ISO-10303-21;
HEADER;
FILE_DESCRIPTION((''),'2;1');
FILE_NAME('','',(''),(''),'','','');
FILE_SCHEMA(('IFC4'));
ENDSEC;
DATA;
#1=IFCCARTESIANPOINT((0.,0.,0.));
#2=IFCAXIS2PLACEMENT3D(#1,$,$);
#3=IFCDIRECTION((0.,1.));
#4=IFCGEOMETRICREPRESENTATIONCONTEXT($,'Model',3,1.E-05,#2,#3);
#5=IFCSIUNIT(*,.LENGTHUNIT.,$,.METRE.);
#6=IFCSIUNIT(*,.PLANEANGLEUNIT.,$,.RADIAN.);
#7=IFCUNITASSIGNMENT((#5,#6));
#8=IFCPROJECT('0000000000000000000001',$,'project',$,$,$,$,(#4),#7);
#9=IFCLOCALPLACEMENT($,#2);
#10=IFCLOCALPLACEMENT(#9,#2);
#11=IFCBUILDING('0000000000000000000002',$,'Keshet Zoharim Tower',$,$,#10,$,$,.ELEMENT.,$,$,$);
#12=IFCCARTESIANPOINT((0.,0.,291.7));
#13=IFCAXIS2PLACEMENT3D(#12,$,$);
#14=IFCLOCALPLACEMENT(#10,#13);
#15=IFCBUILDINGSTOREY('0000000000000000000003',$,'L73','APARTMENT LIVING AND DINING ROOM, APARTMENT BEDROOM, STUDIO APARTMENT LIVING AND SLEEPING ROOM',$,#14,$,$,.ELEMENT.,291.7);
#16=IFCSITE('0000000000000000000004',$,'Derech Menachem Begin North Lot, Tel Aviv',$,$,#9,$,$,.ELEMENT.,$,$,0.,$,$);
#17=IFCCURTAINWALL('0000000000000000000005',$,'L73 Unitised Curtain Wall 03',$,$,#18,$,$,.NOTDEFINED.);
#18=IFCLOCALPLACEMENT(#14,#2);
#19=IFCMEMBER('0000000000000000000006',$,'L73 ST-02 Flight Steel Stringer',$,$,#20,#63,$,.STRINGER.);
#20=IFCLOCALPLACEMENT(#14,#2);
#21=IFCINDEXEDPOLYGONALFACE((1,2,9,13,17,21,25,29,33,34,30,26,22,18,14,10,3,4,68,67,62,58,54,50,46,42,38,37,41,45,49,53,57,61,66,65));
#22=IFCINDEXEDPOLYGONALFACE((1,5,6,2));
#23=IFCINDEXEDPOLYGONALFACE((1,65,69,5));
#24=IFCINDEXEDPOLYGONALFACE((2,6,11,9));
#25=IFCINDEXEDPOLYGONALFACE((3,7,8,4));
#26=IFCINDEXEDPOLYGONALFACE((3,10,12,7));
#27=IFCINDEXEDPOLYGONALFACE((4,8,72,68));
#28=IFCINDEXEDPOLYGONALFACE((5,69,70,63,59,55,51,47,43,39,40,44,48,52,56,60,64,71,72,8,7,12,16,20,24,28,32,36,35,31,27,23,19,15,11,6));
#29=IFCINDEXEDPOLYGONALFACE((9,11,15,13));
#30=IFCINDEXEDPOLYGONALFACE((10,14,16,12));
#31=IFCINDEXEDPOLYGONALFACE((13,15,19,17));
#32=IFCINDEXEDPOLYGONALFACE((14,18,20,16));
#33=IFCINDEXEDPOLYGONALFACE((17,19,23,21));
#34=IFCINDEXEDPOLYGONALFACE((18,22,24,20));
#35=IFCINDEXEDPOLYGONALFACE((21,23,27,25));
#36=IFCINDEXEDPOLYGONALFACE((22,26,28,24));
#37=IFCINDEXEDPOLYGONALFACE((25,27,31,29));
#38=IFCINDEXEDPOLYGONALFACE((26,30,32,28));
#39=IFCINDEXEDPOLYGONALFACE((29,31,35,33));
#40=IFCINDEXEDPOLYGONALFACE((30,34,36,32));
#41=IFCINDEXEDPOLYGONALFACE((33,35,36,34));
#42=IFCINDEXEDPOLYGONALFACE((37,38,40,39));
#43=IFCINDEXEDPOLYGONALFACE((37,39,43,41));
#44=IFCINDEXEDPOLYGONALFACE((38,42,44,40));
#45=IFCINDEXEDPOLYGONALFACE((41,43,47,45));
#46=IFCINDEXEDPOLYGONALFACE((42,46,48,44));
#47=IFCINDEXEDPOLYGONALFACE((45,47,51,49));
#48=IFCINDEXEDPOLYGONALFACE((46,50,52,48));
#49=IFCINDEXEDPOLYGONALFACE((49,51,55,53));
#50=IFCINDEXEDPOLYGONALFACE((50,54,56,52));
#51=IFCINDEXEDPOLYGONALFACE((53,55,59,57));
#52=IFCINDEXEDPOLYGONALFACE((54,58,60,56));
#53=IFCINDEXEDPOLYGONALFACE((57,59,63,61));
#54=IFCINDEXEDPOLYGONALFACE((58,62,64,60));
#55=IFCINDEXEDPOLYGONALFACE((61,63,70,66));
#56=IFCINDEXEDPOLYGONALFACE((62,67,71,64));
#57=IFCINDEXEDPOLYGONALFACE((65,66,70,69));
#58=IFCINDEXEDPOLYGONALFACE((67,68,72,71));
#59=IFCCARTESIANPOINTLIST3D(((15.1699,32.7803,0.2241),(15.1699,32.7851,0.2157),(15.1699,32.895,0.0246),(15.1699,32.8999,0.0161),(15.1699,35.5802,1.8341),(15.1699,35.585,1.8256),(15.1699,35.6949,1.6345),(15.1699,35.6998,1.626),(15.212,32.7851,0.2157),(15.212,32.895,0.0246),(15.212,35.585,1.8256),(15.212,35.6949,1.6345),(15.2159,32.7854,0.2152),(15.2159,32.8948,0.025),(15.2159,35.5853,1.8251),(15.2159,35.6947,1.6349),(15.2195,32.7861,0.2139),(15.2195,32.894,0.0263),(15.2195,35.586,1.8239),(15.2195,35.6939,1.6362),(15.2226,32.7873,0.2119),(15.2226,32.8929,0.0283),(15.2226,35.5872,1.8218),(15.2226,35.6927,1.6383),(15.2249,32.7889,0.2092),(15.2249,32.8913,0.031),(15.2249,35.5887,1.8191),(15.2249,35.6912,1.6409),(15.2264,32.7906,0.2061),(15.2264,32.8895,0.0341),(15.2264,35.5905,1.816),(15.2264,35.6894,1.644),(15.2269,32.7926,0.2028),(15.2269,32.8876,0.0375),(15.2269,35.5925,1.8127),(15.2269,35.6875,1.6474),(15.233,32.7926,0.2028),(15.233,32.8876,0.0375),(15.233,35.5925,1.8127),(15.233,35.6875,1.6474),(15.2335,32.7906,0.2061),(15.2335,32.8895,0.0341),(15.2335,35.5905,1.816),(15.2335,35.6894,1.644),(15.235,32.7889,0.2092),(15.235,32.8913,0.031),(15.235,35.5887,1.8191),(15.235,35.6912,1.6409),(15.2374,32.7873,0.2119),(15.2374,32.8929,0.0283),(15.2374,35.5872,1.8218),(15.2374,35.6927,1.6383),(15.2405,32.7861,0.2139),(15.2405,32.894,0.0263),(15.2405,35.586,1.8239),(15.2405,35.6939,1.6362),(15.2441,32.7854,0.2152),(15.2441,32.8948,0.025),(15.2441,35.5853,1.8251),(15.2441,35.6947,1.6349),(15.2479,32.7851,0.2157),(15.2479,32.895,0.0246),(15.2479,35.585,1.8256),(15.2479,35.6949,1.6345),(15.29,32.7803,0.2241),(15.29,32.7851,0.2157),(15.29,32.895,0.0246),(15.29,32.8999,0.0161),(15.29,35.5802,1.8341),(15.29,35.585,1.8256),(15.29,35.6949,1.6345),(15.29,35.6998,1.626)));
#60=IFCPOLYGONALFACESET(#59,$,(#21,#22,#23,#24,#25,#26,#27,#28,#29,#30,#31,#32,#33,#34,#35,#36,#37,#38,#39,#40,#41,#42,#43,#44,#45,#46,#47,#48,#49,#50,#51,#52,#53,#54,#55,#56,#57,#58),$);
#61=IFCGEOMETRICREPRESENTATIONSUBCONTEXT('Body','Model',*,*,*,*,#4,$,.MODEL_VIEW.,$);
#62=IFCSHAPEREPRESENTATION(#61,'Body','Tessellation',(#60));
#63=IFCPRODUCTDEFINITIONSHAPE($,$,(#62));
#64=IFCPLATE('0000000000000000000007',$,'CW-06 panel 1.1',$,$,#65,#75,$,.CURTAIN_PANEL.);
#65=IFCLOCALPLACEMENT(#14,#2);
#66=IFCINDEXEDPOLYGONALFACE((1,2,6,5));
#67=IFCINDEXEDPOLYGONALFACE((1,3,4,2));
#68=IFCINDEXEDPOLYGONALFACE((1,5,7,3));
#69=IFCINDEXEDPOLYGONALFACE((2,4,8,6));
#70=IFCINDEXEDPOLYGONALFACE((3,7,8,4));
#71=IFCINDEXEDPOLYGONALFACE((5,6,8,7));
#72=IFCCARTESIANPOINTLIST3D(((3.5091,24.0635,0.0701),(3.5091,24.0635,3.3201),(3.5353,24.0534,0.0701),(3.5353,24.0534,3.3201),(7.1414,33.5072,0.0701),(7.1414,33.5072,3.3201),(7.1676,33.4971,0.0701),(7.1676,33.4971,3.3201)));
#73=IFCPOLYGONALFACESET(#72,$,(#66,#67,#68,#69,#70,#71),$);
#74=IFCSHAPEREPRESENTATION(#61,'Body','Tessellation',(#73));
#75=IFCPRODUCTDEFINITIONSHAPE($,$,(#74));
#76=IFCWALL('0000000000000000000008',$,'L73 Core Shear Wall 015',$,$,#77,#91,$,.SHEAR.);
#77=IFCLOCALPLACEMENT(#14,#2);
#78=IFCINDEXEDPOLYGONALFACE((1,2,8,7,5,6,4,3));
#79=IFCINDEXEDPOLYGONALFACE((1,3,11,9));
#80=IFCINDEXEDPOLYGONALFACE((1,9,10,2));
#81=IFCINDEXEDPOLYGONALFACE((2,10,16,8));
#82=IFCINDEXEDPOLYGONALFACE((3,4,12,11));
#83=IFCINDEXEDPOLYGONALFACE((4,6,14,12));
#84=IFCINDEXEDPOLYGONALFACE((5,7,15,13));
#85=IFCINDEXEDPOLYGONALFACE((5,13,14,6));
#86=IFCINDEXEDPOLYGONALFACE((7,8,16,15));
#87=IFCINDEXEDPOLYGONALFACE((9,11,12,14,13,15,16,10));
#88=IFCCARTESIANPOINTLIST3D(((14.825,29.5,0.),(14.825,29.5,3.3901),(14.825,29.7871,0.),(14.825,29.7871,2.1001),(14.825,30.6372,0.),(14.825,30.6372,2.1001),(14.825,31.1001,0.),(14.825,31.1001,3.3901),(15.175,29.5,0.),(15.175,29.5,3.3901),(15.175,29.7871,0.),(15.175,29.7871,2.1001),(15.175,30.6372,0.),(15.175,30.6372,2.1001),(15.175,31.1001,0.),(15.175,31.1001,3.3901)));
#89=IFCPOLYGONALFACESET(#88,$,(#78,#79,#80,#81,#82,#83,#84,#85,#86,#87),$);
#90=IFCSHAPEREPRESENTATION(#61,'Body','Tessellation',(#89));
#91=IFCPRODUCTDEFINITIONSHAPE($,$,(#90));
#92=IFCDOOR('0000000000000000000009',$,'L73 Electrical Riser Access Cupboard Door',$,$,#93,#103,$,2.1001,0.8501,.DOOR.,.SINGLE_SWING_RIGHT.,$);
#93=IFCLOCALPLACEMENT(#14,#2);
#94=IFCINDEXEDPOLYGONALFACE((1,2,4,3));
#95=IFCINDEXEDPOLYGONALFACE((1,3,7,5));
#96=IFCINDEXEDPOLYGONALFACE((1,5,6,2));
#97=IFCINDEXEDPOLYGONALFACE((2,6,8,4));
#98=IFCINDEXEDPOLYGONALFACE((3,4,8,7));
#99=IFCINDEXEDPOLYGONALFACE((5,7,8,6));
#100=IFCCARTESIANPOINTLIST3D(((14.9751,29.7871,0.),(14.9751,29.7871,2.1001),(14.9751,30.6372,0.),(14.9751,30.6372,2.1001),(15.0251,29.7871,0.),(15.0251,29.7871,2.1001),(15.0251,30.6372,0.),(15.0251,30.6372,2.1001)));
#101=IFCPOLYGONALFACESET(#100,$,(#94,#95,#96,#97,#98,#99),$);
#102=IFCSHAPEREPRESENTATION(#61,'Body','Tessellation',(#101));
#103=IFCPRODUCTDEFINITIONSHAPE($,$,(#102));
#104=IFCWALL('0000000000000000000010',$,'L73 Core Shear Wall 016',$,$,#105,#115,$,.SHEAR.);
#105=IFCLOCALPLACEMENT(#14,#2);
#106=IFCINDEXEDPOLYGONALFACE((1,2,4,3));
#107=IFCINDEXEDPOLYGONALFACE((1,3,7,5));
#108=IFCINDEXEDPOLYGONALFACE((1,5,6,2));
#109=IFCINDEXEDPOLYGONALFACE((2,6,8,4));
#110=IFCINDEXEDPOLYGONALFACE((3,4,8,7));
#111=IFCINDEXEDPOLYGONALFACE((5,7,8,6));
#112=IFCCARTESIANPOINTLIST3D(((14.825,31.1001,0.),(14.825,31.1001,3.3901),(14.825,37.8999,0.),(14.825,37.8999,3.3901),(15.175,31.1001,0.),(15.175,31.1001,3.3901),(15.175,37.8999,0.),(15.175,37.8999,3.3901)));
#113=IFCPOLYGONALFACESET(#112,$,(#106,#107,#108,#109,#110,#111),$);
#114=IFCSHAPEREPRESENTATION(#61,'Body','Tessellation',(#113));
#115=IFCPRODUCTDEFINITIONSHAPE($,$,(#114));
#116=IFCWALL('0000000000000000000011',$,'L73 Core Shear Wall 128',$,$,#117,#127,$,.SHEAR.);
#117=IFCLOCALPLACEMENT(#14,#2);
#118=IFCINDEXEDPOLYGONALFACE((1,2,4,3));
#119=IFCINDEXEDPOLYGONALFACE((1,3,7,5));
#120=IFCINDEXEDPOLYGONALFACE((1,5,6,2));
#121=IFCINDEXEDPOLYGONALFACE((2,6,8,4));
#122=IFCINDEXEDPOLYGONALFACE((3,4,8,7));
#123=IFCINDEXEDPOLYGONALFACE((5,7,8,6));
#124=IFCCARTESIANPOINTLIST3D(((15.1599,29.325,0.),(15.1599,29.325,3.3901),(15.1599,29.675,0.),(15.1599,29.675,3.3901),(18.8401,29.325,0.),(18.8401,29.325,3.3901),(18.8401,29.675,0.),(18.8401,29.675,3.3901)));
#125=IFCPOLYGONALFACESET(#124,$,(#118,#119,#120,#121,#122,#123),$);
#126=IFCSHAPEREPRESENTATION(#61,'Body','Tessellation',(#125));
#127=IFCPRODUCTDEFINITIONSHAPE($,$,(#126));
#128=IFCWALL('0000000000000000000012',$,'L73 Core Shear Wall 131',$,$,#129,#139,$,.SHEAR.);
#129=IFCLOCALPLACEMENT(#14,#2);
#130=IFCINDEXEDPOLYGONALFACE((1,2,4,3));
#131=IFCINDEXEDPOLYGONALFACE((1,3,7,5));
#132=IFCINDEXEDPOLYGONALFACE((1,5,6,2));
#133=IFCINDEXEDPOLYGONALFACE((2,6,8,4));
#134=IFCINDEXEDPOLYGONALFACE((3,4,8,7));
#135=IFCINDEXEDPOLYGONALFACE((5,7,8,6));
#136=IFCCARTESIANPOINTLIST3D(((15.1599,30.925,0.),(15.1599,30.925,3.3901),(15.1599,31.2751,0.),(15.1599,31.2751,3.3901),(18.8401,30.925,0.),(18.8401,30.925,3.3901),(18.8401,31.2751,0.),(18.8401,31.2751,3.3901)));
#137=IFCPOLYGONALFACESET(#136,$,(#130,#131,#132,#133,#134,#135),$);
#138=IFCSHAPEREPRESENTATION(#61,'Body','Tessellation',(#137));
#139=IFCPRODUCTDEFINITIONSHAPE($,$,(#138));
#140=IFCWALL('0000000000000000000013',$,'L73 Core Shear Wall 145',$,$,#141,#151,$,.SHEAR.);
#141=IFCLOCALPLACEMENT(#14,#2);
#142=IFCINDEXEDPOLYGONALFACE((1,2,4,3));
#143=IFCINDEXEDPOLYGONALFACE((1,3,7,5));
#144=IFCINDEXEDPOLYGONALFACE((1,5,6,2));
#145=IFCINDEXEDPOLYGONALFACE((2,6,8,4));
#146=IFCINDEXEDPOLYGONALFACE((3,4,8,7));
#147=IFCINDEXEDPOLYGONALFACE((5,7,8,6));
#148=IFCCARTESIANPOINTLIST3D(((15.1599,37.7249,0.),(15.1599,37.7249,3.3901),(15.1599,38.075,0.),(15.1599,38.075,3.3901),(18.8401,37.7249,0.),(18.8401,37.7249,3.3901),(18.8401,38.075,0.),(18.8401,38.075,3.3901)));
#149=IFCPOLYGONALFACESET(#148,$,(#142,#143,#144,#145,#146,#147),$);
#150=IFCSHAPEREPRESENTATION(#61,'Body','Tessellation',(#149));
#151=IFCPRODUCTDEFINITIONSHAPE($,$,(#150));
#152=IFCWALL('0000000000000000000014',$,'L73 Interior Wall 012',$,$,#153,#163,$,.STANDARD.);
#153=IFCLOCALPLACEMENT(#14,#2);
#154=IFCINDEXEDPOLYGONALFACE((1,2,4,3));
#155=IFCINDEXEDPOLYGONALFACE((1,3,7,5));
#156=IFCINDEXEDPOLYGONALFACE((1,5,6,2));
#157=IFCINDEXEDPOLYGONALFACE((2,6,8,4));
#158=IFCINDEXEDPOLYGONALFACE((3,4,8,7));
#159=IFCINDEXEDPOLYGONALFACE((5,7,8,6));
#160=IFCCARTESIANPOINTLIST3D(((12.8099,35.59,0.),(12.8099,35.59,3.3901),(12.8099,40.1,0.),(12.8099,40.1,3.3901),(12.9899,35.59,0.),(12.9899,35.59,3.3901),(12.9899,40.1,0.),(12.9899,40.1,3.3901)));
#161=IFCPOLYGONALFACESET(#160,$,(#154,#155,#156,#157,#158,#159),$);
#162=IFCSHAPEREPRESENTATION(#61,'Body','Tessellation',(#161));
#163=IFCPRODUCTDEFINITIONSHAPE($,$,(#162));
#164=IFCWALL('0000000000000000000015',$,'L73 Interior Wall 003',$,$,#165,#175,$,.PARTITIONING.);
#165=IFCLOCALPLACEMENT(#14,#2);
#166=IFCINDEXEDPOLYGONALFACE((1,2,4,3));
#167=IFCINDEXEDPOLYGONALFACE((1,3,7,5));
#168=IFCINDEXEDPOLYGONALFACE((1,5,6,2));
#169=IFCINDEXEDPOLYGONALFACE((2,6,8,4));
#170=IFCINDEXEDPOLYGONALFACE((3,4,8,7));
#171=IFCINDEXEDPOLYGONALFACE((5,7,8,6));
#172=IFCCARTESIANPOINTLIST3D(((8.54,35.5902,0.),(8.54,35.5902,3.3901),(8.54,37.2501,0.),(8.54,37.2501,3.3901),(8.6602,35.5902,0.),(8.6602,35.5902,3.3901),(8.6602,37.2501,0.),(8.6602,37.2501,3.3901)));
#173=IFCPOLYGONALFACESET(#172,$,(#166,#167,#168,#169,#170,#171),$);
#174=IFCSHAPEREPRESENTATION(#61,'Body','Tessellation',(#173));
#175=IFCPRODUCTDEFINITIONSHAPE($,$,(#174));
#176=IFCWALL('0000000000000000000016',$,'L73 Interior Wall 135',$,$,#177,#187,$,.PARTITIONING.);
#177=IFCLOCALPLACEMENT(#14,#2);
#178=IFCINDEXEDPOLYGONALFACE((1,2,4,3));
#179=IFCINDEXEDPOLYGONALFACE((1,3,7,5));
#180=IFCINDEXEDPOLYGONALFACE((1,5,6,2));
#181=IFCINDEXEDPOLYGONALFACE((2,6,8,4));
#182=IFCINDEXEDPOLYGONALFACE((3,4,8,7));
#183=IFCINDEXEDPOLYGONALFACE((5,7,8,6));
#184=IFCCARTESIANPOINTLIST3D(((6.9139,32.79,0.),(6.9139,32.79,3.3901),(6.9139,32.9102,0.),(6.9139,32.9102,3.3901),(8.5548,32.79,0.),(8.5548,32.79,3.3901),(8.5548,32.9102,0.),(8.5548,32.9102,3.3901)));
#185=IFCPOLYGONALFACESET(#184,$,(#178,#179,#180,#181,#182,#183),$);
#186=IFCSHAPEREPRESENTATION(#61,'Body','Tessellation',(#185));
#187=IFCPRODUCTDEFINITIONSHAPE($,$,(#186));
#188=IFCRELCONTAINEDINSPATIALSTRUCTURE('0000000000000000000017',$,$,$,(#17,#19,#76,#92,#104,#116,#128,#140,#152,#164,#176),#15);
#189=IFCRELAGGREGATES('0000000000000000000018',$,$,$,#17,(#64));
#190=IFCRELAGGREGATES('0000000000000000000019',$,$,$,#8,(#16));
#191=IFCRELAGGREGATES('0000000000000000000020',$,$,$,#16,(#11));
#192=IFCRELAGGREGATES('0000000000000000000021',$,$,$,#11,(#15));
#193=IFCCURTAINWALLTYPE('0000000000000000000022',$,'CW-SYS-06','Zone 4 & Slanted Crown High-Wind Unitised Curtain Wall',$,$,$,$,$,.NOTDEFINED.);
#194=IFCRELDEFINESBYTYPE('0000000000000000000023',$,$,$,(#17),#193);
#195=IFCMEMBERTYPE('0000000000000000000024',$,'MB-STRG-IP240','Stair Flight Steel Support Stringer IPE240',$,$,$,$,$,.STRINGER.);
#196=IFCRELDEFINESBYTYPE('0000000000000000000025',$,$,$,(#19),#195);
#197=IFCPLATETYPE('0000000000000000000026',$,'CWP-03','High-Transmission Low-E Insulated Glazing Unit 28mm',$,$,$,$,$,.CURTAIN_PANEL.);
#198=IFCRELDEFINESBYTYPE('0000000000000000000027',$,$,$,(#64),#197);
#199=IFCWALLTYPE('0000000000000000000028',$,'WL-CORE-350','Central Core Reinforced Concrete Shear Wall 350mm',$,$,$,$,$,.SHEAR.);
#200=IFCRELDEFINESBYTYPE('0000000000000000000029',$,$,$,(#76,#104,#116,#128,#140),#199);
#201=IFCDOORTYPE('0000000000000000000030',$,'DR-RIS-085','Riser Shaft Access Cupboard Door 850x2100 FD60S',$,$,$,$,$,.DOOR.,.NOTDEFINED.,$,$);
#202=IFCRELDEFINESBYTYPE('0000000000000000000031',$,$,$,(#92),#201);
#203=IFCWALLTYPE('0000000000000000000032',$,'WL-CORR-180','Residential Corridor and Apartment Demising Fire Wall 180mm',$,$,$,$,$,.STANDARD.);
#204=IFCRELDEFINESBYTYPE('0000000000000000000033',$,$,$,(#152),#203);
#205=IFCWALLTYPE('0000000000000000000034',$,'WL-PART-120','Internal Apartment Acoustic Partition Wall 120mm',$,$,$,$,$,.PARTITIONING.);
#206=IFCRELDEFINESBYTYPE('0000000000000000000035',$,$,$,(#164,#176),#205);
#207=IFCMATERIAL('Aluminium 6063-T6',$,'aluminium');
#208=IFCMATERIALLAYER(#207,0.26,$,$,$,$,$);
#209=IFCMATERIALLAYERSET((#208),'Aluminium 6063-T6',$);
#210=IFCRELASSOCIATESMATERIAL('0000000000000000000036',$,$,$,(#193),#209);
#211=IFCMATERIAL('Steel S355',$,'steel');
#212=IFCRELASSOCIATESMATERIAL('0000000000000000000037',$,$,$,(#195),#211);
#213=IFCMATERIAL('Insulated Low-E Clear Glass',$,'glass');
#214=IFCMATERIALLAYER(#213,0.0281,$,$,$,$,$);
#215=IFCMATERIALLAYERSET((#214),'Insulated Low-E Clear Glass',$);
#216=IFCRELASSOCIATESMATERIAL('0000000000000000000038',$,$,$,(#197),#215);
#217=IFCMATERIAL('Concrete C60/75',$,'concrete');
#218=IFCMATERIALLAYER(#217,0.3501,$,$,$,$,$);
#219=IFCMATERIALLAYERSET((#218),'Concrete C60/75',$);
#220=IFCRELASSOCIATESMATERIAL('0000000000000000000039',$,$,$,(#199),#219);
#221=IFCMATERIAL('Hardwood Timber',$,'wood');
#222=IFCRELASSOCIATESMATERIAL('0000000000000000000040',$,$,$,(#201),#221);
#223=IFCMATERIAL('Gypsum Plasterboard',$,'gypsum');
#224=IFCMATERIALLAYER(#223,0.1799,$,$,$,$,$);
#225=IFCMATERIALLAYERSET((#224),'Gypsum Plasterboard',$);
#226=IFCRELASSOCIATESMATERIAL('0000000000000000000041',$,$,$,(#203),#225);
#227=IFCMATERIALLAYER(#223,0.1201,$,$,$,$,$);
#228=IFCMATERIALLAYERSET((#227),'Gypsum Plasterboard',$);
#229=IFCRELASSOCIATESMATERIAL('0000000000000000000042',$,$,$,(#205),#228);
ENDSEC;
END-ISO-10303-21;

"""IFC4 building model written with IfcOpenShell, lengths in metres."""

from ifc_helpers import new_model, si_unit, direction, frame, frame_2d, origin, origin_2d, place, context, subcontext, project, spatial, rectangle, i_section, extrude, material, layer, layer_set, material_profile, profile_set, type_object, element, fill, aggregate, save


model = new_model("IFC4")

# Units and contexts
model_context = context("Model", 3, precision=1e-05, world=origin(), true_north=direction((0.0, 1.0)))
body_context = subcontext(model_context, "Body", "Model", "MODEL_VIEW")
ifc_project = project(units=[si_unit("LENGTHUNIT", "METRE"), si_unit("PLANEANGLEUNIT", "RADIAN")], contexts=[model_context])

# Site, building, storey
site_placement = place(None, origin())
site = spatial("IfcSite", under=ifc_project, at=site_placement, Name="Derech Menachem Begin North Lot, Tel Aviv", CompositionType="ELEMENT", RefElevation=0.0)
building_placement = place(site_placement, origin())
building = spatial("IfcBuilding", under=site, at=building_placement, Name="Keshet Zoharim Tower", CompositionType="ELEMENT")
storey_placement = place(building_placement, frame((0.0, 0.0, 291.7)))
storey = spatial("IfcBuildingStorey", under=building, at=storey_placement, Name="L73", Description="APARTMENT LIVING AND DINING ROOM, APARTMENT BEDROOM, STUDIO APARTMENT LIVING AND SLEEPING ROOM", CompositionType="ELEMENT", Elevation=291.7)

# Shared definitions
ifc_material_1 = material(Name="Steel S355", Category="steel")

# Curtain wall
ifc_material_2 = material(Name="Aluminium 6063-T6", Category="aluminium")
ifc_layer_1 = layer(ifc_material_2, 0.26)
ifc_layer_set_1 = layer_set([ifc_layer_1], Name="Aluminium 6063-T6")
curtain_wall_type = type_object("IfcCurtainWallType", Name="CW-SYS-06", Description="Zone 4 & Slanted Crown High-Wind Unitised Curtain Wall", PredefinedType="NOTDEFINED", material=ifc_layer_set_1)
curtain_wall_placement = place(storey_placement, origin())
curtain_wall = element("IfcCurtainWall", 1, at=curtain_wall_placement, inside=storey, type_object=curtain_wall_type, Name="L73 Unitised Curtain Wall 03", PredefinedType="NOTDEFINED")

# Member
ifc_material_profile_1 = material_profile(ifc_material_1, i_section(OverallWidth=0.1201, OverallDepth=0.24, WebThickness=0.0061, FlangeThickness=0.0098, FilletRadius=0.0149, at=origin_2d()), Name="IPE240")
ifc_profile_set_1 = profile_set([ifc_material_profile_1], Name="Steel S355")
member_type_1 = type_object("IfcMemberType", Name="MB-STRG-IP240", Description="Stair Flight Steel Support Stringer IPE240", PredefinedType="STRINGER", material=ifc_profile_set_1)
member_1_placement = place(storey_placement, frame((15.23, 32.8401, 0.1201), z_axis=(0.0, 0.86691, 0.498465), x_axis=(-1.0, 0.0, 0.0)))
element("IfcMember", 2, at=member_1_placement, inside=storey, type_object=member_type_1, Name="L73 ST-02 Flight Steel Stringer", PredefinedType="STRINGER", context=body_context, shape_type="SweptSolid", body=[
    extrude(i_section(OverallWidth=0.1201, OverallDepth=0.24, WebThickness=0.0061, FlangeThickness=0.0098, FilletRadius=0.0149, at=origin_2d()), origin(), (0.0, 0.0, 1.0), 3.2297),
])

# Plate
ifc_material_3 = material(Name="Insulated Low-E Clear Glass", Category="glass")
ifc_layer_2 = layer(ifc_material_3, 0.0281)
ifc_layer_set_2 = layer_set([ifc_layer_2], Name="Insulated Low-E Clear Glass")
plate_type = type_object("IfcPlateType", Name="CWP-03", Description="High-Transmission Low-E Insulated Glazing Unit 28mm", PredefinedType="CURTAIN_PANEL", material=ifc_layer_set_2)
plate_placement = place(storey_placement, frame((5.3384, 28.7803, 0.0701), z_axis=(0.0, 0.0, 1.0), x_axis=(0.35899, 0.933341, 0.0)))
plate = element("IfcPlate", 3, at=plate_placement, type_object=plate_type, Name="CW-06 panel 1.1", PredefinedType="CURTAIN_PANEL", context=body_context, shape_type="SweptSolid", body=[
    extrude(rectangle(XDim=10.1182, YDim=0.0281, at=origin_2d()), origin(), (0.0, 0.0, 1.0), 3.25),
])
aggregate(curtain_wall, [plate])

# Wall, opening, door
ifc_material_4 = material(Name="Concrete C60/75", Category="concrete")
ifc_layer_3 = layer(ifc_material_4, 0.3501)
ifc_layer_set_3 = layer_set([ifc_layer_3], Name="Concrete C60/75")
wall_type_1 = type_object("IfcWallType", Name="WL-CORE-350", Description="Central Core Reinforced Concrete Shear Wall 350mm", PredefinedType="SHEAR", material=ifc_layer_set_3)
wall_1_placement = place(storey_placement, frame((15.0, 29.5, 0.0), z_axis=(0.0, 0.0, 1.0), x_axis=(0.0, 1.0, 0.0)))
wall_1 = element("IfcWall", 4, at=wall_1_placement, inside=storey, type_object=wall_type_1, Name="L73 Core Shear Wall 015", PredefinedType="SHEAR", context=body_context, shape_type="SweptSolid", body=[
    extrude(rectangle(XDim=1.6001, YDim=0.3501, at=frame_2d((0.8, 0.0))), origin(), (0.0, 0.0, 1.0), 3.3901),
])
opening_1_placement = place(wall_1_placement, frame((0.2871, 0.0, 0.0)))
opening_1 = element("IfcOpeningElement", 5, at=opening_1_placement, cuts=wall_1, PredefinedType="OPENING", context=body_context, shape_type="SweptSolid", body=[
    extrude(rectangle(XDim=0.8501, YDim=2.1001, at=frame_2d((0.425, 1.05))), frame((0.0, 0.1851, 0.0), z_axis=(0.0, -1.0, 0.0), x_axis=(1.0, 0.0, 0.0)), (0.0, 0.0, 1.0), 0.3701),
])
ifc_material_5 = material(Name="Hardwood Timber", Category="wood")
door_type_1 = type_object("IfcDoorType", Name="DR-RIS-085", Description="Riser Shaft Access Cupboard Door 850x2100 FD60S", OperationType="NOTDEFINED", PredefinedType="DOOR", material=ifc_material_5)
door_1_placement = place(opening_1_placement, origin())
door_1 = element("IfcDoor", 6, at=door_1_placement, inside=storey, type_object=door_type_1, Name="L73 Electrical Riser Access Cupboard Door", OperationType="SINGLE_SWING_RIGHT", OverallHeight=2.1001, OverallWidth=0.8501, PredefinedType="DOOR", context=body_context, shape_type="SweptSolid", body=[
    extrude(rectangle(XDim=0.8501, YDim=2.1001, at=frame_2d((0.425, 1.05))), frame((0.0, 0.0249, 0.0), z_axis=(0.0, -1.0, 0.0), x_axis=(1.0, 0.0, 0.0)), (0.0, 0.0, 1.0), 0.05),
])
fill(opening_1, door_1)

# Walls
wall_2_placement = place(storey_placement, frame((15.0, 31.1001, 0.0), z_axis=(0.0, 0.0, 1.0), x_axis=(0.0, 1.0, 0.0)))
element("IfcWall", 7, at=wall_2_placement, inside=storey, type_object=wall_type_1, Name="L73 Core Shear Wall 016", PredefinedType="SHEAR", context=body_context, shape_type="SweptSolid", body=[
    extrude(rectangle(XDim=6.7998, YDim=0.3501, at=frame_2d((3.3999, 0.0))), origin(), (0.0, 0.0, 1.0), 3.3901),
])
for number, where, z_axis, x_axis, name in (
    (8, (15.1599, 29.5, 0.0), (0.0, 0.0, 1.0), (1.0, 0.0, 0.0), "L73 Core Shear Wall 128"),
    (9, (15.1599, 31.1001, 0.0), (0.0, 0.0, 1.0), (1.0, 0.0, 0.0), "L73 Core Shear Wall 131"),
    (10, (15.1599, 37.8999, 0.0), (0.0, 0.0, 1.0), (1.0, 0.0, 0.0), "L73 Core Shear Wall 145"),
):
    element("IfcWall", number, at=place(storey_placement, frame(where, z_axis=z_axis, x_axis=x_axis)), inside=storey, type_object=wall_type_1, Name=name, PredefinedType="SHEAR", context=body_context, shape_type="SweptSolid", body=[
        extrude(rectangle(XDim=3.6802, YDim=0.3501, at=frame_2d((1.8401, 0.0))), origin(), (0.0, 0.0, 1.0), 3.3901),
    ])

# Shared definitions
ifc_material_6 = material(Name="Gypsum Plasterboard", Category="gypsum")
ifc_layer_4 = layer(ifc_material_6, 0.1799)
ifc_layer_set_4 = layer_set([ifc_layer_4], Name="Gypsum Plasterboard")
wall_type_2 = type_object("IfcWallType", Name="WL-CORR-180", Description="Residential Corridor and Apartment Demising Fire Wall 180mm", PredefinedType="STANDARD", material=ifc_layer_set_4)

# Walls
wall_3_placement = place(storey_placement, frame((12.8999, 35.5901, 0.0), z_axis=(0.0, 0.0, 1.0), x_axis=(0.0, 1.0, 0.0)))
element("IfcWall", 11, at=wall_3_placement, inside=storey, type_object=wall_type_2, Name="L73 Interior Wall 012", PredefinedType="STANDARD", context=body_context, shape_type="SweptSolid", body=[
    extrude(rectangle(XDim=4.51, YDim=0.1799, at=frame_2d((2.2549, 0.0))), origin(), (0.0, 0.0, 1.0), 3.3901),
])
ifc_layer_5 = layer(ifc_material_6, 0.1201)
ifc_layer_set_5 = layer_set([ifc_layer_5], Name="Gypsum Plasterboard")
wall_type_3 = type_object("IfcWallType", Name="WL-PART-120", Description="Internal Apartment Acoustic Partition Wall 120mm", PredefinedType="PARTITIONING", material=ifc_layer_set_5)
wall_4_placement = place(storey_placement, frame((8.6001, 35.5901, 0.0), z_axis=(0.0, 0.0, 1.0), x_axis=(0.0, 1.0, 0.0)))
element("IfcWall", 12, at=wall_4_placement, inside=storey, type_object=wall_type_3, Name="L73 Interior Wall 003", PredefinedType="PARTITIONING", context=body_context, shape_type="SweptSolid", body=[
    extrude(rectangle(XDim=1.6599, YDim=0.1201, at=frame_2d((0.8301, 0.0))), origin(), (0.0, 0.0, 1.0), 3.3901),
])
wall_5_placement = place(storey_placement, frame((6.9141, 32.8501, 0.0), z_axis=(0.0, 0.0, 1.0), x_axis=(1.0, 0.0, 0.0)))
element("IfcWall", 13, at=wall_5_placement, inside=storey, type_object=wall_type_3, Name="L73 Interior Wall 135", PredefinedType="PARTITIONING", context=body_context, shape_type="SweptSolid", body=[
    extrude(rectangle(XDim=1.6409, YDim=0.1201, at=frame_2d((0.8203, 0.0))), origin(), (0.0, 0.0, 1.0), 3.3901),
])

save(model, "model.ifc")
